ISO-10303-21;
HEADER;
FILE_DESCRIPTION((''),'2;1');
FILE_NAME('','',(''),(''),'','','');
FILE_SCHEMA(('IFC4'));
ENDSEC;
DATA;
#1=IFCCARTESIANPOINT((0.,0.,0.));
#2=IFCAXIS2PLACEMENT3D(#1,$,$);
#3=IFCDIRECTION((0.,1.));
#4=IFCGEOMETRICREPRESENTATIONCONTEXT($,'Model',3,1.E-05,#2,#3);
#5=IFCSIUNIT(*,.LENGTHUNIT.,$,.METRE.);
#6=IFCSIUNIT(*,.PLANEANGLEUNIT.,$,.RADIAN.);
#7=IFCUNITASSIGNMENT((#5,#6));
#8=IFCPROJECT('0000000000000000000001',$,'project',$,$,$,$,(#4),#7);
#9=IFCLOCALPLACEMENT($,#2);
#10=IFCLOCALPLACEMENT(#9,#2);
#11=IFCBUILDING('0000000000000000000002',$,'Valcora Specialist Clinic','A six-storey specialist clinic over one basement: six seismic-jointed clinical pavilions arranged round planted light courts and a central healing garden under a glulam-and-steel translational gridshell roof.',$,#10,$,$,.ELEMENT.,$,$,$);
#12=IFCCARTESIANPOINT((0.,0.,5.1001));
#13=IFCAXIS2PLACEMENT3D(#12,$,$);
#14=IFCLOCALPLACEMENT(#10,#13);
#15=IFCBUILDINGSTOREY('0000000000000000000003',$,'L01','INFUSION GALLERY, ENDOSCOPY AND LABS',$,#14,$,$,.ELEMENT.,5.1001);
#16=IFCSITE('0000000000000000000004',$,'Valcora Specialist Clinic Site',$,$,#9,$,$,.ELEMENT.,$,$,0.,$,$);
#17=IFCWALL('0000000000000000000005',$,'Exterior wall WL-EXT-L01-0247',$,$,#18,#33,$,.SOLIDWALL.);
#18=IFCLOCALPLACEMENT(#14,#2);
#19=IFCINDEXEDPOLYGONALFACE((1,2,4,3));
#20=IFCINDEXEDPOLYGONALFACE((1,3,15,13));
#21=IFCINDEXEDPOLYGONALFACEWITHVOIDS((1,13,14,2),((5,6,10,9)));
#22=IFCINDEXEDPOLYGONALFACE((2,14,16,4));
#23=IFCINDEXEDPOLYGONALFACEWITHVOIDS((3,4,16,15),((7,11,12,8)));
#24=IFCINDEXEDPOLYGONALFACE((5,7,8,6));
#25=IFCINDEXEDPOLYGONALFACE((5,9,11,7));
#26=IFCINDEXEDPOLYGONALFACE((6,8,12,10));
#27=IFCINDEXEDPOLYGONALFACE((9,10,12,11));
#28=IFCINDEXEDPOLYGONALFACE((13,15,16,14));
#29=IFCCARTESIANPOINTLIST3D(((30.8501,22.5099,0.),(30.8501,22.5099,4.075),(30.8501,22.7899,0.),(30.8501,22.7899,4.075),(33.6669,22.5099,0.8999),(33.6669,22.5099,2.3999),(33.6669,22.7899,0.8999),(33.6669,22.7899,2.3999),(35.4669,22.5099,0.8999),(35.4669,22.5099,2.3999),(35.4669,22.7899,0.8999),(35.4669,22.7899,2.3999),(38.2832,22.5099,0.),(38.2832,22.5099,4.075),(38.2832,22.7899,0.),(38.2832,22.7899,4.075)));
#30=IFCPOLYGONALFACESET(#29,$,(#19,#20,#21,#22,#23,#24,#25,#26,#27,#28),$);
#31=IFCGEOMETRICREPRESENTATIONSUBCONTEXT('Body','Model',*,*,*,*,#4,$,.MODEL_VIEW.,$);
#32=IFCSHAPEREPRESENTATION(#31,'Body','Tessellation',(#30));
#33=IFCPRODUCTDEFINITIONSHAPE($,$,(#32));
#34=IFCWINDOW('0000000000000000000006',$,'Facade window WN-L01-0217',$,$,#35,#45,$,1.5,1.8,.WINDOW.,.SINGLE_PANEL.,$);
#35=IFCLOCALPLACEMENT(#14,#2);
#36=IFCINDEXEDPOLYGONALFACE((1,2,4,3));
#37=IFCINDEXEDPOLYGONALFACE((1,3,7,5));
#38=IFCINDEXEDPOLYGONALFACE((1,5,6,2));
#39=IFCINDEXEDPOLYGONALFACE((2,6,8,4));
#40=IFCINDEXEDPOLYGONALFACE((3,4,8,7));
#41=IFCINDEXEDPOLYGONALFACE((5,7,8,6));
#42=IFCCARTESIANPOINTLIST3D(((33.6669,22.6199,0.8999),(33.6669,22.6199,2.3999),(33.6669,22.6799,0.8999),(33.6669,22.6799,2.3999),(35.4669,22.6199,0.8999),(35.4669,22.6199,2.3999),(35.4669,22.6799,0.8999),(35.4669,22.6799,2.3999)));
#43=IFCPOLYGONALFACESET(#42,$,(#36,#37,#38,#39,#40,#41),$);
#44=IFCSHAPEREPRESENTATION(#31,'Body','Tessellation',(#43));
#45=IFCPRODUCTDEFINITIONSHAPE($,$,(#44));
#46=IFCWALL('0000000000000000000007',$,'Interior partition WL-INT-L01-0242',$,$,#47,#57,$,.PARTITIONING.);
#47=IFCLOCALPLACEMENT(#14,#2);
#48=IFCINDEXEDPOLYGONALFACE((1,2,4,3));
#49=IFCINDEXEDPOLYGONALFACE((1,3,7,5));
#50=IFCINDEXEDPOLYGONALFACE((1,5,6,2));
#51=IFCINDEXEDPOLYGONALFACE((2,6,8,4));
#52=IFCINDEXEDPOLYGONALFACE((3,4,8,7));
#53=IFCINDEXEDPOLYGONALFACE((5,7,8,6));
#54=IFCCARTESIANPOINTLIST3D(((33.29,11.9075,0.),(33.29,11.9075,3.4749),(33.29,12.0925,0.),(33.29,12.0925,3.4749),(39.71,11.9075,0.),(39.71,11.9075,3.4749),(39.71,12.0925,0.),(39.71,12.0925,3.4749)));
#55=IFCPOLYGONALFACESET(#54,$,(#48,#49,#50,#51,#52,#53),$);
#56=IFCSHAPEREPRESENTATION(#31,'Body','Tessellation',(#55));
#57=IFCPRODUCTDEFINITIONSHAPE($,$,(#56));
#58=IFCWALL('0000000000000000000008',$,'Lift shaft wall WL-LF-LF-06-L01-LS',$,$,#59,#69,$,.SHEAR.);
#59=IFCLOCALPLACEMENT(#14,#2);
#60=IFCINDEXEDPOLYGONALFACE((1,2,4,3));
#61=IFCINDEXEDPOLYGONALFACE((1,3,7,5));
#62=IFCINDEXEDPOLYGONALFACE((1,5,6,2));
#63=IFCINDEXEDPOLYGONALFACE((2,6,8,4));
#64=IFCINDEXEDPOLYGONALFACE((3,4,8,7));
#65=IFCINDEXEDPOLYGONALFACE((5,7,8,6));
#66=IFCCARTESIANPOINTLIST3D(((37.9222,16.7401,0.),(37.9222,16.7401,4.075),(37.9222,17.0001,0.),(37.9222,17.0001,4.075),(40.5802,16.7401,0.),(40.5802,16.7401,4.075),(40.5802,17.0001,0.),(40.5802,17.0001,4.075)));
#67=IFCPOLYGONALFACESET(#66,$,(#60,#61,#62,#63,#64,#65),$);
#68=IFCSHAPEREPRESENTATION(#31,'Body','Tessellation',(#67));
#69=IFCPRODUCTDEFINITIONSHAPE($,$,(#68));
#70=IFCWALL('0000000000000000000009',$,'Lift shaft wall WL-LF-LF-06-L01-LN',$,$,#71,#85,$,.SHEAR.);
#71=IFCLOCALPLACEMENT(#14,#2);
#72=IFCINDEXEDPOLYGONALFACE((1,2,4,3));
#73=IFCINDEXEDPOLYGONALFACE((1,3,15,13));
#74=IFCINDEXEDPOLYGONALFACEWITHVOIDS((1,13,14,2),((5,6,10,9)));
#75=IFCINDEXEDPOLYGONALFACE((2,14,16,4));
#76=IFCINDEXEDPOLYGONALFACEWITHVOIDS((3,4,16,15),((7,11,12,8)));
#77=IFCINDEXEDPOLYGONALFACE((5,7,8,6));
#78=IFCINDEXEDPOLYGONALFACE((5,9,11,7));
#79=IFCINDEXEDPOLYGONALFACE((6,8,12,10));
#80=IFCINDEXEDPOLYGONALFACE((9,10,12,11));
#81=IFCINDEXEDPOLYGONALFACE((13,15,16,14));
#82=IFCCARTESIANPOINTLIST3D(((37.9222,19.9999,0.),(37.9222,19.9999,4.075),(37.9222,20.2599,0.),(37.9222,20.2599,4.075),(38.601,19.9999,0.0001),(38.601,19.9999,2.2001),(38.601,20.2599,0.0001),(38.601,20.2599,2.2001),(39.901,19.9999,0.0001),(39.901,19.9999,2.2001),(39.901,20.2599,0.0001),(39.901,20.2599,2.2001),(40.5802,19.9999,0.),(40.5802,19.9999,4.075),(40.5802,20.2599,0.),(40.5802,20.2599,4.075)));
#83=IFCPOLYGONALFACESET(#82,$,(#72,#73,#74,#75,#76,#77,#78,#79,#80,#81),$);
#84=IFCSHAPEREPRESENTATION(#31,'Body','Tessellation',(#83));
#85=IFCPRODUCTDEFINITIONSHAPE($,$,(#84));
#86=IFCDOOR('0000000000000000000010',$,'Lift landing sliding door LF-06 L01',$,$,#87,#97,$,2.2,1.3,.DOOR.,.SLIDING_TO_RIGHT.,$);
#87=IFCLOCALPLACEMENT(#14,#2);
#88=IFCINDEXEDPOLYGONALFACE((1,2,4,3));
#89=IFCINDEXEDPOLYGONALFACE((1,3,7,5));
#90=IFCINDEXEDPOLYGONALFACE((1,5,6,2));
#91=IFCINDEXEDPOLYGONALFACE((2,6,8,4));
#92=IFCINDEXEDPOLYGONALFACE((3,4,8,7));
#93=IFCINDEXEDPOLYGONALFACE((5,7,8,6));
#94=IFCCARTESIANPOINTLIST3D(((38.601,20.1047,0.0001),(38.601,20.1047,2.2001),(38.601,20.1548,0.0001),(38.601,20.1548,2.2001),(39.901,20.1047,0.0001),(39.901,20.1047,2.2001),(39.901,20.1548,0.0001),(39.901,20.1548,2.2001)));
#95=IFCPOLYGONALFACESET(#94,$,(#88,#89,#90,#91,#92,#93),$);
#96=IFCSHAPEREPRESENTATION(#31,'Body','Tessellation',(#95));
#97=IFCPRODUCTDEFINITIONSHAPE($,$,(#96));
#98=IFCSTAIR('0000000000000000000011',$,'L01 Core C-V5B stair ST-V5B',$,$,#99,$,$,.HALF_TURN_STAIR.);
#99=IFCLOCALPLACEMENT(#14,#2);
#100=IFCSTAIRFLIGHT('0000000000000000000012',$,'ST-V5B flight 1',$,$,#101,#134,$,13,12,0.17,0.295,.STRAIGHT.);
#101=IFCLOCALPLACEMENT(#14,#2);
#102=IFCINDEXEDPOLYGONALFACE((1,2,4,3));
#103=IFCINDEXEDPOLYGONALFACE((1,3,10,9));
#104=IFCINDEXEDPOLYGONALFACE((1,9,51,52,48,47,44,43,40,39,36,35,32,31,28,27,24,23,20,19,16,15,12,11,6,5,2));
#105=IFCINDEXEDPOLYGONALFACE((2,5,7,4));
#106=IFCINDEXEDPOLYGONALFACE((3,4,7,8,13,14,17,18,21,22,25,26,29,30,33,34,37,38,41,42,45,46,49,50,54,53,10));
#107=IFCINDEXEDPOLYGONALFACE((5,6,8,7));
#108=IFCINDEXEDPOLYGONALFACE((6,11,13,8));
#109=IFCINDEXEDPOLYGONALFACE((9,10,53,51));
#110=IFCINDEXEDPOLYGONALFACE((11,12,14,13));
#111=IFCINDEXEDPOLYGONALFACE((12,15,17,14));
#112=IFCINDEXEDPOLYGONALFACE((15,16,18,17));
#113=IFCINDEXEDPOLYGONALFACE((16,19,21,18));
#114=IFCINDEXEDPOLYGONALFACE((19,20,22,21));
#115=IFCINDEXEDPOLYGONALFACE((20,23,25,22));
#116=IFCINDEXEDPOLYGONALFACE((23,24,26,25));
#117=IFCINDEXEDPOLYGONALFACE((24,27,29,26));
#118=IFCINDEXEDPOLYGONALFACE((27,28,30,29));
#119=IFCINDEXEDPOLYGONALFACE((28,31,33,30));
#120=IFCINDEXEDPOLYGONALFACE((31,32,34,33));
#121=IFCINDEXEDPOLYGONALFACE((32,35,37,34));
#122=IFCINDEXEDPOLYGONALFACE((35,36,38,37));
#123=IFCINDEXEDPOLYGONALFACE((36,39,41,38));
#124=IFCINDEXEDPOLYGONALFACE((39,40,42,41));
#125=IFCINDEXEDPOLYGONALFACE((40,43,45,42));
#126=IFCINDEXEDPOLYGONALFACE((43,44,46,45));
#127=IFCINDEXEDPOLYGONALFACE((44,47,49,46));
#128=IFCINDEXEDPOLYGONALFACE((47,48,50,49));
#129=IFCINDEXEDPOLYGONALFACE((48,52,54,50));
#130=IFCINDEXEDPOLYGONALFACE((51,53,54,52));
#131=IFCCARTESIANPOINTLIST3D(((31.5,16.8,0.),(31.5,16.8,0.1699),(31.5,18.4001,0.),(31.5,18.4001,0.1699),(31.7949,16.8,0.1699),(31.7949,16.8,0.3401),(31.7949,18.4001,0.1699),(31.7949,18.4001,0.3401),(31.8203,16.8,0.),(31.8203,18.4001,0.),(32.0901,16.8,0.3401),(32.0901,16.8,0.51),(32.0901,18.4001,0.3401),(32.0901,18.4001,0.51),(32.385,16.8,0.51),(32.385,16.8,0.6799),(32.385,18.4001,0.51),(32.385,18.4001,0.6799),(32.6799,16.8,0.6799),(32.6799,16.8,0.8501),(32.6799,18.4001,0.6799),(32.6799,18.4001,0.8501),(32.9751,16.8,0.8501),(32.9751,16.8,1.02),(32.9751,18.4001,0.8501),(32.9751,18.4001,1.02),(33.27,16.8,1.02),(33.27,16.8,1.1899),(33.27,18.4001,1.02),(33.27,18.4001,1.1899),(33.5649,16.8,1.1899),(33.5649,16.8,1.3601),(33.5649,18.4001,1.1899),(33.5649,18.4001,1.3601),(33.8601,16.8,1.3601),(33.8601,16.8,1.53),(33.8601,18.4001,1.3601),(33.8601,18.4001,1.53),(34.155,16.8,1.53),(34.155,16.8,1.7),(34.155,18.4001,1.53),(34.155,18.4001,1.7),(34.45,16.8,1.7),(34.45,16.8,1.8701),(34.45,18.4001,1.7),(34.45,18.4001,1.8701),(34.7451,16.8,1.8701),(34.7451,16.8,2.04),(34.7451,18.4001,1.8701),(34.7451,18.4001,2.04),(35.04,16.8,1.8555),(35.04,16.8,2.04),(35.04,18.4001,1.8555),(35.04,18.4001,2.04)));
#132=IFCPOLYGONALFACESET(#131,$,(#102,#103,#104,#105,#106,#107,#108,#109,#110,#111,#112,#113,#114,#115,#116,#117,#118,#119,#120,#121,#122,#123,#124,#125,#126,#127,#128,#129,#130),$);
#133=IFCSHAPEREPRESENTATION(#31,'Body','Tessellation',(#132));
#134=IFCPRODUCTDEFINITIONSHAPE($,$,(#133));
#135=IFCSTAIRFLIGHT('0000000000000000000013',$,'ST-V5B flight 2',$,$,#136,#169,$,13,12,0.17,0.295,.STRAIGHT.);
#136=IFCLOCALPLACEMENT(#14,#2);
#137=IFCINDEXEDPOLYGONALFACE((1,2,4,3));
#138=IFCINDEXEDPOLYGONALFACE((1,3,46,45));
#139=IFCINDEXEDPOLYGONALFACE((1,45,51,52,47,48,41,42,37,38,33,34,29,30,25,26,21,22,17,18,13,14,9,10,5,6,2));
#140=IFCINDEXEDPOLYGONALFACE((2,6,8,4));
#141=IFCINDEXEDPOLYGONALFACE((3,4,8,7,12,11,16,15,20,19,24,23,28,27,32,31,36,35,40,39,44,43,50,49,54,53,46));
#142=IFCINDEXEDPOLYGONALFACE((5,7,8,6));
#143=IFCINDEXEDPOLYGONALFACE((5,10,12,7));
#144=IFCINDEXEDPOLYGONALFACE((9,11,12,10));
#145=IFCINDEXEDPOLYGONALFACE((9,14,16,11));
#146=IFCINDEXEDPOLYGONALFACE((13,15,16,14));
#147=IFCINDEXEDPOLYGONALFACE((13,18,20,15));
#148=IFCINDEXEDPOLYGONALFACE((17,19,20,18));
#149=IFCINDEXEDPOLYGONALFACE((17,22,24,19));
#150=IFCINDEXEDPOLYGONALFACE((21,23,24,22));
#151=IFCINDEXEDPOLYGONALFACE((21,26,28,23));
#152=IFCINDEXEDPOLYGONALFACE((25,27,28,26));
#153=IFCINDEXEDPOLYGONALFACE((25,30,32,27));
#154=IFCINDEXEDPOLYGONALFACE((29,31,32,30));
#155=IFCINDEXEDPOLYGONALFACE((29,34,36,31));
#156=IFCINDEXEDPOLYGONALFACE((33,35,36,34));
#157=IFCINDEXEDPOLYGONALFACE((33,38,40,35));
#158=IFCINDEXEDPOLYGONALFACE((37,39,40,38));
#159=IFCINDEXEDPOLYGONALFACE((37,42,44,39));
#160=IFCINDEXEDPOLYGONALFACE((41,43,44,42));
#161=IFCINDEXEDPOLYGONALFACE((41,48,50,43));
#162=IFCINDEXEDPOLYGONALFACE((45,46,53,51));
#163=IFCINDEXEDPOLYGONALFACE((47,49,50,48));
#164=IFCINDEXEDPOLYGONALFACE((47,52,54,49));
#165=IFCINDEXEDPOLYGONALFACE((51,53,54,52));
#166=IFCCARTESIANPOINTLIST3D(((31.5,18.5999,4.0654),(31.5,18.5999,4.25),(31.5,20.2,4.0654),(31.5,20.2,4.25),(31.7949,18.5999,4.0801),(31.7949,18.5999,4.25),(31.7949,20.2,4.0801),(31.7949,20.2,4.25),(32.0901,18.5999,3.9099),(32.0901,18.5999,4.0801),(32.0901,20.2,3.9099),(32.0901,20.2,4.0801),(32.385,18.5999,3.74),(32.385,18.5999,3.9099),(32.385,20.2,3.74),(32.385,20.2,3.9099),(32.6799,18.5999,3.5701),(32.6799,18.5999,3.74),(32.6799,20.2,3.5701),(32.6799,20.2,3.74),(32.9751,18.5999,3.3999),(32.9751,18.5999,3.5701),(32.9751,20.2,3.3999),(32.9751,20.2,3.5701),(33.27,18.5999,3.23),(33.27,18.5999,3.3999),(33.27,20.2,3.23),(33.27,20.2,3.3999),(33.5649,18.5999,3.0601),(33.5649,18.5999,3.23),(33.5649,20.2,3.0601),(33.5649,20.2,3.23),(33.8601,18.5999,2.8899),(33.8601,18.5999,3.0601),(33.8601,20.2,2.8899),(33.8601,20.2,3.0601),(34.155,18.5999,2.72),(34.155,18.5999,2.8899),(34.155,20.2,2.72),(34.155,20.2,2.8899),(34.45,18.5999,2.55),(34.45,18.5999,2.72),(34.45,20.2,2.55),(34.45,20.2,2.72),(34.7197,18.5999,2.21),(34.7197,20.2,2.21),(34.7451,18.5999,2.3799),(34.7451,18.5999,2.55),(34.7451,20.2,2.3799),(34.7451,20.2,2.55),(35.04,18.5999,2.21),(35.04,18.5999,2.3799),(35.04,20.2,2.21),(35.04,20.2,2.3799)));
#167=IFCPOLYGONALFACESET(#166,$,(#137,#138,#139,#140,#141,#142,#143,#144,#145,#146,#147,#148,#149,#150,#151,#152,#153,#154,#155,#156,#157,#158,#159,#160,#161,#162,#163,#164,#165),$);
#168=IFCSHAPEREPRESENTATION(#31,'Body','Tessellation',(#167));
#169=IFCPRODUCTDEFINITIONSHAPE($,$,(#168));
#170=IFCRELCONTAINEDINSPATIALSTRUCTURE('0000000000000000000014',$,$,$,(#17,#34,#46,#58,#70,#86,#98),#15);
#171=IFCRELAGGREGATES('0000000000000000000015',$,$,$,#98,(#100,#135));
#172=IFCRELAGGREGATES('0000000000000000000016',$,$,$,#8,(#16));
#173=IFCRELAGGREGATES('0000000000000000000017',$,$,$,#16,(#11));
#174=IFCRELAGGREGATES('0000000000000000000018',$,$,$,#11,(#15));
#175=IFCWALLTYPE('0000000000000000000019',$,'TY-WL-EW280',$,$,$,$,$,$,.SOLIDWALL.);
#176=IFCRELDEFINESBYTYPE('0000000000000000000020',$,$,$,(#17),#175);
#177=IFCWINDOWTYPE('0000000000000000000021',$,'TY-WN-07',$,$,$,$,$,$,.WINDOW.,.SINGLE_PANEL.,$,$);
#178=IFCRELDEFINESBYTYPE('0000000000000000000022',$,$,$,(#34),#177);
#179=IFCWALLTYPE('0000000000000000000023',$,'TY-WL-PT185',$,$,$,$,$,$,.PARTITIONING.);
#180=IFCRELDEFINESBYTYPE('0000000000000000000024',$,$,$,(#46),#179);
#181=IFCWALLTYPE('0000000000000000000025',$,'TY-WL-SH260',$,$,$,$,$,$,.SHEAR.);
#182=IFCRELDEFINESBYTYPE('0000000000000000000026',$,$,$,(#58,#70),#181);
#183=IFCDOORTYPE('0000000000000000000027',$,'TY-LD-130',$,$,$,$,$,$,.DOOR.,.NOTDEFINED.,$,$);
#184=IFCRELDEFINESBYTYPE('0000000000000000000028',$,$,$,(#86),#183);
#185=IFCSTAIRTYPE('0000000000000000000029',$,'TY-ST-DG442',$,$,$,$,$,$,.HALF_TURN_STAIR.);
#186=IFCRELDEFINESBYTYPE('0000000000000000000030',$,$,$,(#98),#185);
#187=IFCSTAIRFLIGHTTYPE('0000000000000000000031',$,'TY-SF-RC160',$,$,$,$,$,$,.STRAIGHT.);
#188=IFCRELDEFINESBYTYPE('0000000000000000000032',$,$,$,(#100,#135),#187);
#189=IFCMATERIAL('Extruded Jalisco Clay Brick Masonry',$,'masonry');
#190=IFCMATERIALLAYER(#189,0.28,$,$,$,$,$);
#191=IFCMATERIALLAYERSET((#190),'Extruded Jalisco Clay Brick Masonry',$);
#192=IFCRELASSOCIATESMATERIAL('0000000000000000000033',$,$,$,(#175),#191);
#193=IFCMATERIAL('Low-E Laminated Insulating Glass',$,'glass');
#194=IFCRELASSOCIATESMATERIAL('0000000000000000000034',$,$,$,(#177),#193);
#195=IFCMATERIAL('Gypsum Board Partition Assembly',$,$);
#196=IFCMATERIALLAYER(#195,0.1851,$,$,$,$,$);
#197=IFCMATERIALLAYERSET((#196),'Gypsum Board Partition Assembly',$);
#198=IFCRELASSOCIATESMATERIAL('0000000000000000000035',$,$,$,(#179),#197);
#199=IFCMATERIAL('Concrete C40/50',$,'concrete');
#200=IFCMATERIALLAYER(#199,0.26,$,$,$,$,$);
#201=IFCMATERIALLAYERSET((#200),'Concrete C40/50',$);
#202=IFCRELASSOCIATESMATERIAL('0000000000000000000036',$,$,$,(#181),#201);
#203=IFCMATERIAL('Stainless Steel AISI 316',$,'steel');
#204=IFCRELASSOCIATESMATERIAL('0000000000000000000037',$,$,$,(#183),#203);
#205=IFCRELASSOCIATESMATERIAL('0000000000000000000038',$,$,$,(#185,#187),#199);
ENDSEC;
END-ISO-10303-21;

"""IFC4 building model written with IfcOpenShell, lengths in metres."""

from ifc_helpers import new_model, si_unit, direction, frame, frame_2d, origin, place, context, subcontext, project, spatial, polyline, rectangle, outline, extrude, material, layer, layer_set, type_object, element, fill, aggregate, save


model = new_model("IFC4")

# Units and contexts
model_context = context("Model", 3, precision=1e-05, world=origin(), true_north=direction((0.0, 1.0)))
body_context = subcontext(model_context, "Body", "Model", "MODEL_VIEW")
ifc_project = project(units=[si_unit("LENGTHUNIT", "METRE"), si_unit("PLANEANGLEUNIT", "RADIAN")], contexts=[model_context])

# Site, building, storey
site_placement = place(None, origin())
site = spatial("IfcSite", under=ifc_project, at=site_placement, Name="Valcora Specialist Clinic Site", CompositionType="ELEMENT", RefElevation=0.0)
building_placement = place(site_placement, origin())
building = spatial("IfcBuilding", under=site, at=building_placement, Name="Valcora Specialist Clinic", Description="A six-storey specialist clinic over one basement: six seismic-jointed clinical pavilions arranged round planted light courts and a central healing garden under a glulam-and-steel translational gridshell roof.", CompositionType="ELEMENT")
storey_placement = place(building_placement, frame((0.0, 0.0, 5.1001)))
storey = spatial("IfcBuildingStorey", under=building, at=storey_placement, Name="L01", Description="INFUSION GALLERY, ENDOSCOPY AND LABS", CompositionType="ELEMENT", Elevation=5.1001)

# Shared definitions
ifc_material_1 = material(Name="Concrete C40/50", Category="concrete")

# Wall, opening, window
ifc_material_2 = material(Name="Extruded Jalisco Clay Brick Masonry", Category="masonry")
ifc_material_3 = material(Name="Low-E Laminated Insulating Glass", Category="glass")
ifc_layer_1 = layer(ifc_material_2, 0.28)
ifc_layer_set_1 = layer_set([ifc_layer_1], Name="Extruded Jalisco Clay Brick Masonry")
wall_type_1 = type_object("IfcWallType", Name="TY-WL-EW280", PredefinedType="SOLIDWALL", material=ifc_layer_set_1)
wall_1_placement = place(storey_placement, frame((30.8501, 22.6499, 0.0), z_axis=(0.0, 0.0, 1.0), x_axis=(1.0, 0.0, 0.0)))
wall_1 = element("IfcWall", 1, at=wall_1_placement, inside=storey, type_object=wall_type_1, Name="Exterior wall WL-EXT-L01-0247", PredefinedType="SOLIDWALL", context=body_context, shape_type="SweptSolid", body=[
    extrude(rectangle(XDim=7.4331, YDim=0.28, at=frame_2d((3.7166, 0.0))), origin(), (0.0, 0.0, 1.0), 4.075),
])
opening_1_placement = place(wall_1_placement, frame((2.8169, 0.0, 0.8999)))
opening_1 = element("IfcOpeningElement", 2, at=opening_1_placement, cuts=wall_1, PredefinedType="OPENING", context=body_context, shape_type="SweptSolid", body=[
    extrude(rectangle(XDim=1.8, YDim=1.5, at=frame_2d((0.8999, 0.75))), frame((0.0, 0.1499, 0.0), z_axis=(0.0, -1.0, 0.0), x_axis=(1.0, 0.0, 0.0)), (0.0, 0.0, 1.0), 0.3),
])
window_type_1 = type_object("IfcWindowType", Name="TY-WN-07", PartitioningType="SINGLE_PANEL", PredefinedType="WINDOW", material=ifc_material_3)
window_1_placement = place(opening_1_placement, origin())
window_1 = element("IfcWindow", 3, at=window_1_placement, inside=storey, type_object=window_type_1, Name="Facade window WN-L01-0217", OverallHeight=1.5, OverallWidth=1.8, PartitioningType="SINGLE_PANEL", PredefinedType="WINDOW", context=body_context, shape_type="SweptSolid", body=[
    extrude(rectangle(XDim=1.8, YDim=1.5, at=frame_2d((0.8999, 0.75))), frame((0.0, 0.03, 0.0), z_axis=(0.0, -1.0, 0.0), x_axis=(1.0, 0.0, 0.0)), (0.0, 0.0, 1.0), 0.0601),
])
fill(opening_1, window_1)

# Walls
ifc_material_4 = material(Name="Gypsum Board Partition Assembly")
ifc_layer_2 = layer(ifc_material_4, 0.1851)
ifc_layer_set_2 = layer_set([ifc_layer_2], Name="Gypsum Board Partition Assembly")
wall_type_2 = type_object("IfcWallType", Name="TY-WL-PT185", PredefinedType="PARTITIONING", material=ifc_layer_set_2)
wall_2_placement = place(storey_placement, frame((33.29, 12.0, 0.0), z_axis=(0.0, 0.0, 1.0), x_axis=(1.0, 0.0, 0.0)))
element("IfcWall", 4, at=wall_2_placement, inside=storey, type_object=wall_type_2, Name="Interior partition WL-INT-L01-0242", PredefinedType="PARTITIONING", context=body_context, shape_type="SweptSolid", body=[
    extrude(rectangle(XDim=6.4199, YDim=0.1851, at=frame_2d((3.21, 0.0))), origin(), (0.0, 0.0, 1.0), 3.4749),
])
ifc_layer_3 = layer(ifc_material_1, 0.26)
ifc_layer_set_3 = layer_set([ifc_layer_3], Name="Concrete C40/50")
wall_type_3 = type_object("IfcWallType", Name="TY-WL-SH260", PredefinedType="SHEAR", material=ifc_layer_set_3)
wall_3_placement = place(storey_placement, frame((37.9221, 16.8701, 0.0), z_axis=(0.0, 0.0, 1.0), x_axis=(1.0, 0.0, 0.0)))
element("IfcWall", 5, at=wall_3_placement, inside=storey, type_object=wall_type_3, Name="Lift shaft wall WL-LF-LF-06-L01-LS", PredefinedType="SHEAR", context=body_context, shape_type="SweptSolid", body=[
    extrude(rectangle(XDim=2.658, YDim=0.26, at=frame_2d((1.3291, 0.0))), origin(), (0.0, 0.0, 1.0), 4.075),
])

# Wall, opening, door
wall_4_placement = place(storey_placement, frame((37.9221, 20.1299, 0.0), z_axis=(0.0, 0.0, 1.0), x_axis=(1.0, 0.0, 0.0)))
wall_4 = element("IfcWall", 6, at=wall_4_placement, inside=storey, type_object=wall_type_3, Name="Lift shaft wall WL-LF-LF-06-L01-LN", PredefinedType="SHEAR", context=body_context, shape_type="SweptSolid", body=[
    extrude(rectangle(XDim=2.658, YDim=0.26, at=frame_2d((1.3291, 0.0))), origin(), (0.0, 0.0, 1.0), 4.075),
])
opening_2_placement = place(wall_4_placement, frame((0.679, 0.0, 0.0)))
opening_2 = element("IfcOpeningElement", 7, at=opening_2_placement, cuts=wall_4, PredefinedType="OPENING", context=body_context, shape_type="SweptSolid", body=[
    extrude(rectangle(XDim=1.3, YDim=2.2, at=frame_2d((0.6499, 1.1001))), frame((0.0, 0.1399, 0.0), z_axis=(0.0, -1.0, 0.0), x_axis=(1.0, 0.0, 0.0)), (0.0, 0.0, 1.0), 0.28),
])
ifc_material_5 = material(Name="Stainless Steel AISI 316", Category="steel")
door_type = type_object("IfcDoorType", Name="TY-LD-130", OperationType="NOTDEFINED", PredefinedType="DOOR", material=ifc_material_5)
door_placement = place(opening_2_placement, origin())
door = element("IfcDoor", 8, at=door_placement, inside=storey, type_object=door_type, Name="Lift landing sliding door LF-06 L01", OperationType="SLIDING_TO_RIGHT", OverallHeight=2.2, OverallWidth=1.3, PredefinedType="DOOR", context=body_context, shape_type="SweptSolid", body=[
    extrude(rectangle(XDim=1.3, YDim=2.2, at=frame_2d((0.6499, 1.1001))), frame((0.0, 0.0249, 0.0), z_axis=(0.0, -1.0, 0.0), x_axis=(1.0, 0.0, 0.0)), (0.0, 0.0, 1.0), 0.05),
])
fill(opening_2, door)

# Stair, stair flights
stair_type = type_object("IfcStairType", Name="TY-ST-DG442", PredefinedType="HALF_TURN_STAIR", material=ifc_material_1)
stair_placement = place(storey_placement, origin())
stair = element("IfcStair", 9, at=stair_placement, inside=storey, type_object=stair_type, Name="L01 Core C-V5B stair ST-V5B", PredefinedType="HALF_TURN_STAIR")
stair_flight_type = type_object("IfcStairFlightType", Name="TY-SF-RC160", PredefinedType="STRAIGHT", material=ifc_material_1)
stair_flight_1_placement = place(storey_placement, frame((31.5, 17.6001, 0.0), z_axis=(0.0, 0.0, 1.0), x_axis=(1.0, 0.0, 0.0)))
stair_flight_1 = element("IfcStairFlight", 10, at=stair_flight_1_placement, type_object=stair_flight_type, Name="ST-V5B flight 1", NumberOfRisers=13, NumberOfTreads=12, PredefinedType="STRAIGHT", RiserHeight=0.17, TreadLength=0.295, context=body_context, shape_type="SweptSolid", body=[
    extrude(outline(polyline([(0.0, 0.0), (0.0, 0.1699), (0.2949, 0.1699), (0.2949, 0.3401), (0.5901, 0.3401), (0.5901, 0.51), (0.885, 0.51), (0.885, 0.6799), (1.1799, 0.6799), (1.1799, 0.8501), (1.4751, 0.8501), (1.4751, 1.02), (1.77, 1.02), (1.77, 1.1899), (2.0649, 1.1899), (2.0649, 1.3601), (2.3601, 1.3601), (2.3601, 1.53), (2.655, 1.53), (2.655, 1.7), (2.95, 1.7), (2.95, 1.8701), (3.2451, 1.8701), (3.2451, 2.04), (3.54, 2.04), (3.54, 2.21), (3.54, 1.8555), (0.3203, 0.0), (0.0, 0.0)])), frame((0.0, 0.8, 0.0), z_axis=(0.0, -1.0, 0.0), x_axis=(1.0, 0.0, 0.0)), (0.0, 0.0, 1.0), 1.6001),
])
stair_flight_2_placement = place(storey_placement, frame((35.04, 19.3999, 2.21), z_axis=(0.0, 0.0, 1.0), x_axis=(-1.0, 0.0, 0.0)))
stair_flight_2 = element("IfcStairFlight", 11, at=stair_flight_2_placement, type_object=stair_flight_type, Name="ST-V5B flight 2", NumberOfRisers=13, NumberOfTreads=12, PredefinedType="STRAIGHT", RiserHeight=0.17, TreadLength=0.295, context=body_context, shape_type="SweptSolid", body=[
    extrude(outline(polyline([(0.0, 0.0), (0.0, 0.1699), (0.2949, 0.1699), (0.2949, 0.3401), (0.5901, 0.3401), (0.5901, 0.51), (0.885, 0.51), (0.885, 0.6799), (1.1799, 0.6799), (1.1799, 0.8501), (1.4751, 0.8501), (1.4751, 1.02), (1.77, 1.02), (1.77, 1.1899), (2.0649, 1.1899), (2.0649, 1.3601), (2.3601, 1.3601), (2.3601, 1.53), (2.655, 1.53), (2.655, 1.7), (2.95, 1.7), (2.95, 1.8701), (3.2451, 1.8701), (3.2451, 2.04), (3.54, 2.04), (3.54, 2.21), (3.54, 1.8555), (0.3203, 0.0), (0.0, 0.0)])), frame((0.0, 0.8, 0.0), z_axis=(0.0, -1.0, 0.0), x_axis=(1.0, 0.0, 0.0)), (0.0, 0.0, 1.0), 1.6001),
])
aggregate(stair, [stair_flight_1, stair_flight_2])

save(model, "model.ifc")
